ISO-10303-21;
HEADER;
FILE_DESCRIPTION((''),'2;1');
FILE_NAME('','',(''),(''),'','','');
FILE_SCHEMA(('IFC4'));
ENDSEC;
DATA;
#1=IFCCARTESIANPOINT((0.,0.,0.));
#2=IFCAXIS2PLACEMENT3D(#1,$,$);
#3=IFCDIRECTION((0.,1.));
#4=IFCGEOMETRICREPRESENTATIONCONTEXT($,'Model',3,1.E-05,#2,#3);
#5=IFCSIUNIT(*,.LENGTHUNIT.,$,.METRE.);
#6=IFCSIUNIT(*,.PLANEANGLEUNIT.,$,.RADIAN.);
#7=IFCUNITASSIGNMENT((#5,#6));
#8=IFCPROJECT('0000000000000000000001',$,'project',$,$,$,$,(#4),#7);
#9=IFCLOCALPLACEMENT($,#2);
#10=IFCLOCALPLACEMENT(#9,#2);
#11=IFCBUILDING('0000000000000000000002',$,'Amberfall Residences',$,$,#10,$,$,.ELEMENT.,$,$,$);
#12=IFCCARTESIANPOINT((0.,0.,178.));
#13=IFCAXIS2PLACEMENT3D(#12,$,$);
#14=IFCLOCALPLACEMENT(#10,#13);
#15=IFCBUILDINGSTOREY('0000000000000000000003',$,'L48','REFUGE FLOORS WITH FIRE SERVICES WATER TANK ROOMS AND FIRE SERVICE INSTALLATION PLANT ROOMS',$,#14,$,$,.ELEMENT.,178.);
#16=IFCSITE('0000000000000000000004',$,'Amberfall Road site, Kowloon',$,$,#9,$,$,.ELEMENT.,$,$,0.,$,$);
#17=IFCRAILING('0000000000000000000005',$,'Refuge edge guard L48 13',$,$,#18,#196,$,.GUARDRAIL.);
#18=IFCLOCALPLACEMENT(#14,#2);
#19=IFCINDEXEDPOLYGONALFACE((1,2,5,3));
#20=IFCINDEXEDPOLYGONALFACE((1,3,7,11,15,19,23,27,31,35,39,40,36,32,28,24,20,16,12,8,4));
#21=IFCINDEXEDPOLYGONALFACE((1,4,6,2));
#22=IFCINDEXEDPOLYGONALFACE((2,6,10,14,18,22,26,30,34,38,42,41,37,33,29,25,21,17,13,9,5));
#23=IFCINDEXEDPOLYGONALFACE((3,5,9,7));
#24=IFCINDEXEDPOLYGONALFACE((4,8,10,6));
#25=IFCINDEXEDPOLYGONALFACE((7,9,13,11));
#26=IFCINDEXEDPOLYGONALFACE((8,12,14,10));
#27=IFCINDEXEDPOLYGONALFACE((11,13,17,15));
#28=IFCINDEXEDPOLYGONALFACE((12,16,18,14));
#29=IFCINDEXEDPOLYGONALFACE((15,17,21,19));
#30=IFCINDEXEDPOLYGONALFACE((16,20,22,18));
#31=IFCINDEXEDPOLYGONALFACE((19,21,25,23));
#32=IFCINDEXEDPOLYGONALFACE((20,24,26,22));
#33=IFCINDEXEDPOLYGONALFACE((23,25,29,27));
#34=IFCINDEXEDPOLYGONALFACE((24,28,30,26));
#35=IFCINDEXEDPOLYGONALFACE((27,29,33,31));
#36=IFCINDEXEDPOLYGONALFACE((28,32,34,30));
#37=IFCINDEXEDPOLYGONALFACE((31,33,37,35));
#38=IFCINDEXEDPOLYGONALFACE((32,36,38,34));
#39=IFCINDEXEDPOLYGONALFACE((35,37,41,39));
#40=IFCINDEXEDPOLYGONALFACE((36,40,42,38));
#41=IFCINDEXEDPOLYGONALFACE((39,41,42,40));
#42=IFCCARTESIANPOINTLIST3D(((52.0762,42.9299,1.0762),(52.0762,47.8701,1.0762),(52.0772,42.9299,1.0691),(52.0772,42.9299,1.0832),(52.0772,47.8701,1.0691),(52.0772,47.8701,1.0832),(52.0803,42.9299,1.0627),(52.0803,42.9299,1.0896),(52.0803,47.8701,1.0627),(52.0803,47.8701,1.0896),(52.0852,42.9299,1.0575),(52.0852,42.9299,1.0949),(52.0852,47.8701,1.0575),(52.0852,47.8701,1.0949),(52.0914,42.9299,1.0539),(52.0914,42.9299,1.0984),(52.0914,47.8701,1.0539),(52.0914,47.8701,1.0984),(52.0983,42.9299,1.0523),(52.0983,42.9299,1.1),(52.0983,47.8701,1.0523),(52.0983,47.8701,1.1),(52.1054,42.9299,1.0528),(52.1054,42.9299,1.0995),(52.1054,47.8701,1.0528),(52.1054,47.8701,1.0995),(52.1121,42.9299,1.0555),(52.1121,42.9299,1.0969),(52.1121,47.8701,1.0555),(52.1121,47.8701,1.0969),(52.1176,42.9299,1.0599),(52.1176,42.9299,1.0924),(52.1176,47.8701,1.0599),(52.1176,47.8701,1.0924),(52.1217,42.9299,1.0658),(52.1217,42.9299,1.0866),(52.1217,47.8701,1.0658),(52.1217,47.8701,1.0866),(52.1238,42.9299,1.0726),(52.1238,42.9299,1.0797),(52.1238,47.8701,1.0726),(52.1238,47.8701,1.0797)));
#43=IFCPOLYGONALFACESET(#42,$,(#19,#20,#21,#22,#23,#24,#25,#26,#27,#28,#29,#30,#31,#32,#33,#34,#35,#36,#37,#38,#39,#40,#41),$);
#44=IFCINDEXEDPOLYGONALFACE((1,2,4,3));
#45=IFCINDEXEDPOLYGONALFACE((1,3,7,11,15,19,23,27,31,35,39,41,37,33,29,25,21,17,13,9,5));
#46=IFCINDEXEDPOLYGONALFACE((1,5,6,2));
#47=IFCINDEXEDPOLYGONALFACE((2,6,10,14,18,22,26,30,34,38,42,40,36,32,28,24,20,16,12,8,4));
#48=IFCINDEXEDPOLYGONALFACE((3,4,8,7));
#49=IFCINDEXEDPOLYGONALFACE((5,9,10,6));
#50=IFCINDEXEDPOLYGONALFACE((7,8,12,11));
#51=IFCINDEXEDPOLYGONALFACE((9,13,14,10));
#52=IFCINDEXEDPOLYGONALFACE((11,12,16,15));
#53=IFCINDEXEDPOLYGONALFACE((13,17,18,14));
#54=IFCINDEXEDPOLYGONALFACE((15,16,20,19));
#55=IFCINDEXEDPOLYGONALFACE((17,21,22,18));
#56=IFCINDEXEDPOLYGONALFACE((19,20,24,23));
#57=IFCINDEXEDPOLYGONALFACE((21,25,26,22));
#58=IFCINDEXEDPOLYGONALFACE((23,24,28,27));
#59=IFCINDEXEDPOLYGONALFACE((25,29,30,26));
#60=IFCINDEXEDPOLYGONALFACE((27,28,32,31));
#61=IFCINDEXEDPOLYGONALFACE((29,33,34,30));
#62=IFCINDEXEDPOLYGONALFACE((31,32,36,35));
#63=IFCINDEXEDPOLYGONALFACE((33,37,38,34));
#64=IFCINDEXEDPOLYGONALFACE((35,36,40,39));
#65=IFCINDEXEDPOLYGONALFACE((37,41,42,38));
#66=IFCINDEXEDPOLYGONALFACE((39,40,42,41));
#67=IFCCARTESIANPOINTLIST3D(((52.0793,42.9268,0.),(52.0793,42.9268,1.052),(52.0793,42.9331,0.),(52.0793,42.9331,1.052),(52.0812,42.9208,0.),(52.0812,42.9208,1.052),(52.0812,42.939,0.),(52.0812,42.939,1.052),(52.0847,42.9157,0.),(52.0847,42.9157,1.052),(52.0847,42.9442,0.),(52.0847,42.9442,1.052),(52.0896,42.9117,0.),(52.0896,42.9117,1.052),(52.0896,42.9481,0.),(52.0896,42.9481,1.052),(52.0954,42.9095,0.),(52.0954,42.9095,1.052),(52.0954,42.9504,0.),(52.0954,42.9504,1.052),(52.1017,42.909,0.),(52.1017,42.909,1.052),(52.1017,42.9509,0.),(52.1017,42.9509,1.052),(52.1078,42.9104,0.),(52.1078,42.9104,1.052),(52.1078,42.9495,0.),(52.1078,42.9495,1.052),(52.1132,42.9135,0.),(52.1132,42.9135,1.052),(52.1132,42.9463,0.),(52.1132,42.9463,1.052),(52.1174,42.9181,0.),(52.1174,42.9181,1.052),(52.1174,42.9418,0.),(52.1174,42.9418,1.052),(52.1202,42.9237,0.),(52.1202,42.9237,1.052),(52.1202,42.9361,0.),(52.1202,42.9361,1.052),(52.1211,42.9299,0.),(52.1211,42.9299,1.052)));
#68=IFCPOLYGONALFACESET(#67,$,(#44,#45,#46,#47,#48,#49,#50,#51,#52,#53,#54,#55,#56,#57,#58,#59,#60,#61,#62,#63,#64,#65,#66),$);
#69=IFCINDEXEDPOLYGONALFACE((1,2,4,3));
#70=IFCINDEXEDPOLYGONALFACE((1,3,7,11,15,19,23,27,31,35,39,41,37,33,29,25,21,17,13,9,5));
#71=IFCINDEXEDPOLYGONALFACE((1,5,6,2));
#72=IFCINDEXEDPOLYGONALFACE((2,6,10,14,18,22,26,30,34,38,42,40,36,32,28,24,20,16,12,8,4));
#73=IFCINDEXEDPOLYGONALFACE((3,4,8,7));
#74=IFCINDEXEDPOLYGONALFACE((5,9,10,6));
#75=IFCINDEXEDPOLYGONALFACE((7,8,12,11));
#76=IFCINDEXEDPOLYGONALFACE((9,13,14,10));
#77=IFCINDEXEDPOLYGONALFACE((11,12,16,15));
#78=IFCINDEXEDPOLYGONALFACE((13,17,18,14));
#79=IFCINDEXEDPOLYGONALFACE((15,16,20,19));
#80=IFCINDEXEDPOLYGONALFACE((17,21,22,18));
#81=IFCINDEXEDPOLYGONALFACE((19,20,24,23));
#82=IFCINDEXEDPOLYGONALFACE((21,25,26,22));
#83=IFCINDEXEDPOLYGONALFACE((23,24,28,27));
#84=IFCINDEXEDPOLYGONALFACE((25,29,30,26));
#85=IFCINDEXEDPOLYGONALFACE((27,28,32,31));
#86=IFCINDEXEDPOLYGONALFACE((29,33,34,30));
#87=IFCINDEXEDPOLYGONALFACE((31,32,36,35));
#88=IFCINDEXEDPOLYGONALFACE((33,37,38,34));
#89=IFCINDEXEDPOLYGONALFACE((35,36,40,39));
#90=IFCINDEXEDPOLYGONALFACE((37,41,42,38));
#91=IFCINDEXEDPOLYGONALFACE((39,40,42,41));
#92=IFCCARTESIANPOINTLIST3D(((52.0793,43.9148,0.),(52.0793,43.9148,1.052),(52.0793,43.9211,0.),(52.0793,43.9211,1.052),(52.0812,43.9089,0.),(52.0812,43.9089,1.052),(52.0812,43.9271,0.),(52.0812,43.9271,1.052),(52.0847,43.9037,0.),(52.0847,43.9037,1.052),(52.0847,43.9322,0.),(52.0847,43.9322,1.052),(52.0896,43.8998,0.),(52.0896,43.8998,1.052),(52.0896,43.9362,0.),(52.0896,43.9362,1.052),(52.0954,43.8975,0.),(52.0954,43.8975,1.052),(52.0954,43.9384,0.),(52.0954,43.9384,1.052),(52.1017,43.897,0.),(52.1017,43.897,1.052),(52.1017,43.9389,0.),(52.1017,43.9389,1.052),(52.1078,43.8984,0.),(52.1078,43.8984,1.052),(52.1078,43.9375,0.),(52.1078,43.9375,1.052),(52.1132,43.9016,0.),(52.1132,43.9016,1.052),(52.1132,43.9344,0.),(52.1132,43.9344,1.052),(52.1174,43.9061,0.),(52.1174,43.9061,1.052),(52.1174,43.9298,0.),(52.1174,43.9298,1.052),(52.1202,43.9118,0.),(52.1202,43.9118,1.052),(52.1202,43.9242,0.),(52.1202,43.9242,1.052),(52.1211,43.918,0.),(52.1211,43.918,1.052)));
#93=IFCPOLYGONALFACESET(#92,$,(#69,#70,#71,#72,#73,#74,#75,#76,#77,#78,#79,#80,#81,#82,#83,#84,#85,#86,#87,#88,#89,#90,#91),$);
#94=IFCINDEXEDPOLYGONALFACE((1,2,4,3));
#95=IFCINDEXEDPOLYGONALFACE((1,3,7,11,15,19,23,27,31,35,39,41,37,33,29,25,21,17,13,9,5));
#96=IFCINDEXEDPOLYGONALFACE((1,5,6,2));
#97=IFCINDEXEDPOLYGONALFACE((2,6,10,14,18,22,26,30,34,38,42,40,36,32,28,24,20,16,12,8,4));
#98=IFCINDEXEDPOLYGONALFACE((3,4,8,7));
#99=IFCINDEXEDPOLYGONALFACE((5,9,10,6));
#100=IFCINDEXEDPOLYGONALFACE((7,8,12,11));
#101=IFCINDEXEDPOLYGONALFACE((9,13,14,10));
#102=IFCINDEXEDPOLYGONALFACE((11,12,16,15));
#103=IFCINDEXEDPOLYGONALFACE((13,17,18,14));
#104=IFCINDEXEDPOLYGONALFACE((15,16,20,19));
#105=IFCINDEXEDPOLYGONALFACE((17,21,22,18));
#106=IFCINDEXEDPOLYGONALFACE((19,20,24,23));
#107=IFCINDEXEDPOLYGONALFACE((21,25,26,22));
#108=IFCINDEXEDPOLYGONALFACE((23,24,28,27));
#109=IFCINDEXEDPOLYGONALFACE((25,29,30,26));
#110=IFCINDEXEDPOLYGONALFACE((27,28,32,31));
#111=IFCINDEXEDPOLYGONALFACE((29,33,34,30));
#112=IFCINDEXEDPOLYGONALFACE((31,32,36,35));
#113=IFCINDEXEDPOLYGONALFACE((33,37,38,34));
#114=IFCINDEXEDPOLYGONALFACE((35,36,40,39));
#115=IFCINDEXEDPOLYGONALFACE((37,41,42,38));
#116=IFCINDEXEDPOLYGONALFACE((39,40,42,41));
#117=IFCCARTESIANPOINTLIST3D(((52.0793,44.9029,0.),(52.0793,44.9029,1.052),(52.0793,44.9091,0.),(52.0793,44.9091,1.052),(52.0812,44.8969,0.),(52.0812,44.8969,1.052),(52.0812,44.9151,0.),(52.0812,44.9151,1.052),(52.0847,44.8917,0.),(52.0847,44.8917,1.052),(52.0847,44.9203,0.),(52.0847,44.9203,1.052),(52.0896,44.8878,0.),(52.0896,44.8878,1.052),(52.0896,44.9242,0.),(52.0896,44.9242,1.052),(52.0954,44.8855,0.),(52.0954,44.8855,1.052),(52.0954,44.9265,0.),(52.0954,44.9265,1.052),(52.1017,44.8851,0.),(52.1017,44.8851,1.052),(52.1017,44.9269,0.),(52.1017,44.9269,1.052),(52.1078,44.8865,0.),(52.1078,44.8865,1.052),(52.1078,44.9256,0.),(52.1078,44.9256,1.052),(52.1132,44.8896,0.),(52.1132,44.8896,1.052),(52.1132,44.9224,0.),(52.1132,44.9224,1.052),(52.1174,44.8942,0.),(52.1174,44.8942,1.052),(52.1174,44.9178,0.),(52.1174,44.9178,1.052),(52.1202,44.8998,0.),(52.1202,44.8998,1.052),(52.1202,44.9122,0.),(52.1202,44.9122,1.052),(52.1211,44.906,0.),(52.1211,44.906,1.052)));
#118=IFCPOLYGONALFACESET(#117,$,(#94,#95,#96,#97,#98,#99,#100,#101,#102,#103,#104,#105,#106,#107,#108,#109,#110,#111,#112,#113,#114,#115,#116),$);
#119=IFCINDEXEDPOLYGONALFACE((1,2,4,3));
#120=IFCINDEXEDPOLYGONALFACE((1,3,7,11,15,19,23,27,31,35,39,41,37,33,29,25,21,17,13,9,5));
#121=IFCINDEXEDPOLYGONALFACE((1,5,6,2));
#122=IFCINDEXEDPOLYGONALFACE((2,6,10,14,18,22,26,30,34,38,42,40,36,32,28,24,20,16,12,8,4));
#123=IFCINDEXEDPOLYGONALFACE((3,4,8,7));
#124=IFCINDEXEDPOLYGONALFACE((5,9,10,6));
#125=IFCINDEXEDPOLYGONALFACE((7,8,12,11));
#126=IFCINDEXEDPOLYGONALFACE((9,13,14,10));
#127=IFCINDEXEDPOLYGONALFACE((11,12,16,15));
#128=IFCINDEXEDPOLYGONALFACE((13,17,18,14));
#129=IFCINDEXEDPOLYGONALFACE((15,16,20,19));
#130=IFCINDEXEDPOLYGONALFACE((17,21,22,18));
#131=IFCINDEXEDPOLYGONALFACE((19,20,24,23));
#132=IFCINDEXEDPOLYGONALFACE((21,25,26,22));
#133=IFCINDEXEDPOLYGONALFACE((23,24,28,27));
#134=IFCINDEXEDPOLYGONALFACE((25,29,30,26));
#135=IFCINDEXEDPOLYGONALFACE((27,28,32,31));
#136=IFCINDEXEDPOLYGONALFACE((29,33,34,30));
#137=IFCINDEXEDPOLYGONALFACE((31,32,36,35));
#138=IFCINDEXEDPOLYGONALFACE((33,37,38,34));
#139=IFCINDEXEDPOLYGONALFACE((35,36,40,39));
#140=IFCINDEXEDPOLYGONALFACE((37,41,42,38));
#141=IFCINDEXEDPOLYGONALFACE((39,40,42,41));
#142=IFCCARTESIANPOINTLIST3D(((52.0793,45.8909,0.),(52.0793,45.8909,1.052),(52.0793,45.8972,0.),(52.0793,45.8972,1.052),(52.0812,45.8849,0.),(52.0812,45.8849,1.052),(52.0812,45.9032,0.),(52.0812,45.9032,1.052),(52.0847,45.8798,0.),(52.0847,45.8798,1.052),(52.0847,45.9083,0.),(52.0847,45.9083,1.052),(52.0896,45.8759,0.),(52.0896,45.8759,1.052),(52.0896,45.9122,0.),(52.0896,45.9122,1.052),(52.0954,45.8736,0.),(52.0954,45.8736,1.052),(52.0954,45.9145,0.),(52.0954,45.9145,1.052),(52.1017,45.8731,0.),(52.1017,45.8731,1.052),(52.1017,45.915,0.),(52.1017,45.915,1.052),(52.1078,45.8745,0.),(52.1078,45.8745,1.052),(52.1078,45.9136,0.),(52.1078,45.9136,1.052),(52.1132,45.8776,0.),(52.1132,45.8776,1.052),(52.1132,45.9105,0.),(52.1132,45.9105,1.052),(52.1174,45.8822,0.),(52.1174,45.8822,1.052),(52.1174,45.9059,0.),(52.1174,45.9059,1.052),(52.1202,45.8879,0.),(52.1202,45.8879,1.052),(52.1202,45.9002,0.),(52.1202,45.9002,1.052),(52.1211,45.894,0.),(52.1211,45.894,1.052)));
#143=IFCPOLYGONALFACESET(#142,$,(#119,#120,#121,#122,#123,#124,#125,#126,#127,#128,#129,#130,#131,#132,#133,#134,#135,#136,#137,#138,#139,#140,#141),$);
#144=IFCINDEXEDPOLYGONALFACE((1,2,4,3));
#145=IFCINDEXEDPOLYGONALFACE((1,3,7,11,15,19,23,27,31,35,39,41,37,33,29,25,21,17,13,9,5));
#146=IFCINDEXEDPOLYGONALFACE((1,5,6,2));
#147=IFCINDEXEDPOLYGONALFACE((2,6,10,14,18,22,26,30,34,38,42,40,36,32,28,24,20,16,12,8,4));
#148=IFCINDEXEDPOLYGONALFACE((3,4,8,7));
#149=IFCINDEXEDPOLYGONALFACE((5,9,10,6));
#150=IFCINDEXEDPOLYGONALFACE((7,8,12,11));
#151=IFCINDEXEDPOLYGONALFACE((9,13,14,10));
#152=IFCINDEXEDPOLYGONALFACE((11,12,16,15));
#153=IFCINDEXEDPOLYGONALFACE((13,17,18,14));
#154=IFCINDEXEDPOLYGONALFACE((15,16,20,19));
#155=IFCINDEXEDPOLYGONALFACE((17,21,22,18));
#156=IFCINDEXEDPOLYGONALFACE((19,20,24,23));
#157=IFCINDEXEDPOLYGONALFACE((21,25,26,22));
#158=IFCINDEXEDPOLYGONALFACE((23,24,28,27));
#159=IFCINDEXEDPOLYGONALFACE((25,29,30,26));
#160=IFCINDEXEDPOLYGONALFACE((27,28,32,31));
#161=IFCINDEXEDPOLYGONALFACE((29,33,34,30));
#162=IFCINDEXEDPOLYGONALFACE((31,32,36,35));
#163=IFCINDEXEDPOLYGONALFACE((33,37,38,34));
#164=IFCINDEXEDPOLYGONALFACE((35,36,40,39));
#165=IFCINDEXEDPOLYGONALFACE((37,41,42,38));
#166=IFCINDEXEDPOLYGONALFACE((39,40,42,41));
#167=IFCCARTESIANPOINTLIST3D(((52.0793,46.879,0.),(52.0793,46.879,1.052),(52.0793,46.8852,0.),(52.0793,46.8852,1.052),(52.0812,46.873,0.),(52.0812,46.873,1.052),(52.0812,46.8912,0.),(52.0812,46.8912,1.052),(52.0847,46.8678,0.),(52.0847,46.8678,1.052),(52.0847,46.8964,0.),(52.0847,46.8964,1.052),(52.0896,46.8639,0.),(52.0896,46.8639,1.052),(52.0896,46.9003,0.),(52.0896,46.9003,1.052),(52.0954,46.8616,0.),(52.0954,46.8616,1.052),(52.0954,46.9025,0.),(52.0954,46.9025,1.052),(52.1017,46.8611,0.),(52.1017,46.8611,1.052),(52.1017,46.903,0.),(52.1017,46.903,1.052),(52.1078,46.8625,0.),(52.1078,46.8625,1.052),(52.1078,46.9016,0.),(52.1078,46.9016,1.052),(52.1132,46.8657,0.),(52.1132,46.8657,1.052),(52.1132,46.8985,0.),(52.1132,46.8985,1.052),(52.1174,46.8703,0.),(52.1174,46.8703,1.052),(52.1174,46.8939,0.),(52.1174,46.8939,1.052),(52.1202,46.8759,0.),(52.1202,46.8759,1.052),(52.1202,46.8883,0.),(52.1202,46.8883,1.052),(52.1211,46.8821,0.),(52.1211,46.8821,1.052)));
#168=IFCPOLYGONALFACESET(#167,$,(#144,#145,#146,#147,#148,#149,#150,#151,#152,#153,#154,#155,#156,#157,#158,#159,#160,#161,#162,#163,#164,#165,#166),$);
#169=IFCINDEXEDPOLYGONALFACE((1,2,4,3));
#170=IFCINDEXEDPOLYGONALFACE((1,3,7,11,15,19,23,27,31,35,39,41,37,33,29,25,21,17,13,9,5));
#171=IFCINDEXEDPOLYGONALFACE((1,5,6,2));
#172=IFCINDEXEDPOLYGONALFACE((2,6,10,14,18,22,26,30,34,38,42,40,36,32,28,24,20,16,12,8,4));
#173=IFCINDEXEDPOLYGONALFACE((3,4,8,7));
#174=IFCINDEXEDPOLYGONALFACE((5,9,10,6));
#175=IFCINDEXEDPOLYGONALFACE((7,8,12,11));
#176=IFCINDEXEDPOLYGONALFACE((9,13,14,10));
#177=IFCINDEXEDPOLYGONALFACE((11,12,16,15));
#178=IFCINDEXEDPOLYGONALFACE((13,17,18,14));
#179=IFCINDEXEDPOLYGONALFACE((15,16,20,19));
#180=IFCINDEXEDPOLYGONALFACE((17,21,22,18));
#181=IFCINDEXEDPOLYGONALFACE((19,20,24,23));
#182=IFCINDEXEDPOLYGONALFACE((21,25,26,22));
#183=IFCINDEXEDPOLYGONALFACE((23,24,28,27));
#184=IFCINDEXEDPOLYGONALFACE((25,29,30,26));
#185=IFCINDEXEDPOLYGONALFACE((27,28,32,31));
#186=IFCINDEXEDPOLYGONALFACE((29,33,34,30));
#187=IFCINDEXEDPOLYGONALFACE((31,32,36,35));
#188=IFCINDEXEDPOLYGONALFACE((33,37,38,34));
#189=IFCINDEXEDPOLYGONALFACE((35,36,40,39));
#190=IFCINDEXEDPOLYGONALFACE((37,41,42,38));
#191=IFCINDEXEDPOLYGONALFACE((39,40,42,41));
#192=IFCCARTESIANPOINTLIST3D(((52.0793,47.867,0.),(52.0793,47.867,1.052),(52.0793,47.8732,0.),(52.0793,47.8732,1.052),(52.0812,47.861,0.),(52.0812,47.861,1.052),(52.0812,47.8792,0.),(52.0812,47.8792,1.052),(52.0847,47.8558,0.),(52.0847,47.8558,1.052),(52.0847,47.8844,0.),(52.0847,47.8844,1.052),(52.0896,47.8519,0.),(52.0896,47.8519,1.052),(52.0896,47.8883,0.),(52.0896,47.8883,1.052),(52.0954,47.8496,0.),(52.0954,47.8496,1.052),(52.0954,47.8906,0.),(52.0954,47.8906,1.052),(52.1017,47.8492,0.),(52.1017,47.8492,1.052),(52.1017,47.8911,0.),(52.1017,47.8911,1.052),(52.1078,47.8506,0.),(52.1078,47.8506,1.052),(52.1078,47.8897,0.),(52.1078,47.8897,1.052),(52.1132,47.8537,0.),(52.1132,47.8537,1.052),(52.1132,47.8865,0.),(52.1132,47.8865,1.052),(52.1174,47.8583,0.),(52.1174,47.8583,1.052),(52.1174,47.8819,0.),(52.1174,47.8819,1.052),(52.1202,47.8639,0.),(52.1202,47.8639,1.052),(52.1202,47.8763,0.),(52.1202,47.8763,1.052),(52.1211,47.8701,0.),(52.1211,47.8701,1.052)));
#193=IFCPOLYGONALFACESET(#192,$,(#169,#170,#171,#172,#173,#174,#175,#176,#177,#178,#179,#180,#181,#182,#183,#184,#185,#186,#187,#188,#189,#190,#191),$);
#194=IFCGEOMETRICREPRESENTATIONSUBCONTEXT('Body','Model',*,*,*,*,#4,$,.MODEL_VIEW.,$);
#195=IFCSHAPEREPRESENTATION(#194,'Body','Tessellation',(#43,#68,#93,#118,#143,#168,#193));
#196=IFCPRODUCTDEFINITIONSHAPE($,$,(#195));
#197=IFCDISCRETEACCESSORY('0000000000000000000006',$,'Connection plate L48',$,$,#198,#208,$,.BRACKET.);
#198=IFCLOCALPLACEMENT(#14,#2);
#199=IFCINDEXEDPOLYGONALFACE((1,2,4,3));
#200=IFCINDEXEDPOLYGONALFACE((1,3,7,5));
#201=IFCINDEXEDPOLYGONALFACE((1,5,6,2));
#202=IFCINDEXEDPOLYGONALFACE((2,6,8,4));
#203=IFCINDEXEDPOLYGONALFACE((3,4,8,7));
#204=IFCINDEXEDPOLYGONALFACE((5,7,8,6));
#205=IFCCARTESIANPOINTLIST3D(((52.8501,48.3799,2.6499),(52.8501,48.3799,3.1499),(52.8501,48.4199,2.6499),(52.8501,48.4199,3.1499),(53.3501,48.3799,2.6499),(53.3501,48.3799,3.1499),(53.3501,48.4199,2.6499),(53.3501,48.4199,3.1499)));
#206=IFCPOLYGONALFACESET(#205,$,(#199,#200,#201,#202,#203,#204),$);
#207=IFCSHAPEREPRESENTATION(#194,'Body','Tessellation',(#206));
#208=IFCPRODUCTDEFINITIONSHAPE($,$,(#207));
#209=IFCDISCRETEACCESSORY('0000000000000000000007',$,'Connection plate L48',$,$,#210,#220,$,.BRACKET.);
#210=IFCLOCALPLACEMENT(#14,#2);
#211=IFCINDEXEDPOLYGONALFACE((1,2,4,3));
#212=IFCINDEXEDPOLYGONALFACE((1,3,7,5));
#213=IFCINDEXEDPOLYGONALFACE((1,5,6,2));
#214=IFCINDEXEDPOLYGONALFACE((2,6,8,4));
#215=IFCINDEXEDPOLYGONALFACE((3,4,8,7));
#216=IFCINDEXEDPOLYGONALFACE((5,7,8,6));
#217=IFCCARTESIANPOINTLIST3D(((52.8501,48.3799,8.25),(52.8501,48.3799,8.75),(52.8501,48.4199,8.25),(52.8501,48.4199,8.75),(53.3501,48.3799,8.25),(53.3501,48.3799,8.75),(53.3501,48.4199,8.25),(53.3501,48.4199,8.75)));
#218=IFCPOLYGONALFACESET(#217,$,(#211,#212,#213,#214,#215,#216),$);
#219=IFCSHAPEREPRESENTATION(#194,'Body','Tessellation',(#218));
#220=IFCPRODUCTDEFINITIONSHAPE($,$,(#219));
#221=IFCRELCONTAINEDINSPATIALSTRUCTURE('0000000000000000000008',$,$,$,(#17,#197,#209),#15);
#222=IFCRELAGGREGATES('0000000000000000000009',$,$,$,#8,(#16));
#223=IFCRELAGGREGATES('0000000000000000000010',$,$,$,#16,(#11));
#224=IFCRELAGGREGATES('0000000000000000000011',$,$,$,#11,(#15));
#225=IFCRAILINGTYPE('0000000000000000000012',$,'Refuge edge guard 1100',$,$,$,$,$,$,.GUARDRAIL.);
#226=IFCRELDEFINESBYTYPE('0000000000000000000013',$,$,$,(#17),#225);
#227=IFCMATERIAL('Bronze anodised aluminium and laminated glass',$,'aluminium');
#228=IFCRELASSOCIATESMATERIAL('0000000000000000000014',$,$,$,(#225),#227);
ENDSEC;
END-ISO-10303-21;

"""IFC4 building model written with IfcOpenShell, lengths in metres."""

from ifc_helpers import new_model, si_unit, direction, frame, origin, origin_2d, place, context, subcontext, project, spatial, rectangle, circle, extrude, material, type_object, element, save


model = new_model("IFC4")

# Units and contexts
model_context = context("Model", 3, precision=1e-05, world=origin(), true_north=direction((0.0, 1.0)))
body_context = subcontext(model_context, "Body", "Model", "MODEL_VIEW")
ifc_project = project(units=[si_unit("LENGTHUNIT", "METRE"), si_unit("PLANEANGLEUNIT", "RADIAN")], contexts=[model_context])

# Site, building, storey
site_placement = place(None, origin())
site = spatial("IfcSite", under=ifc_project, at=site_placement, Name="Amberfall Road site, Kowloon", CompositionType="ELEMENT", RefElevation=0.0)
building_placement = place(site_placement, origin())
building = spatial("IfcBuilding", under=site, at=building_placement, Name="Amberfall Residences", CompositionType="ELEMENT")
storey_placement = place(building_placement, frame((0.0, 0.0, 178.0)))
storey = spatial("IfcBuildingStorey", under=building, at=storey_placement, Name="L48", Description="REFUGE FLOORS WITH FIRE SERVICES WATER TANK ROOMS AND FIRE SERVICE INSTALLATION PLANT ROOMS", CompositionType="ELEMENT", Elevation=178.0)

# Railing
ifc_material_1 = material(Name="Bronze anodised aluminium and laminated glass", Category="aluminium")
railing_type = type_object("IfcRailingType", Name="Refuge edge guard 1100", PredefinedType="GUARDRAIL", material=ifc_material_1)
railing_placement = place(storey_placement, frame((52.1001, 42.9299, 0.0)))
element("IfcRailing", 1, at=railing_placement, inside=storey, type_object=railing_type, Name="Refuge edge guard L48 13", PredefinedType="GUARDRAIL", context=body_context, shape_type="SweptSolid", body=[
    extrude(circle(Radius=0.0239, at=origin_2d()), frame((0.0, 0.0, 1.0762), z_axis=(0.0, 1.0, 0.0), x_axis=(-1.0, 0.0, 0.0)), (0.0, 0.0, 1.0), 4.9402),
    extrude(circle(Radius=0.021, at=origin_2d()), origin(), (0.0, 0.0, 1.0), 1.052),
    extrude(circle(Radius=0.021, at=origin_2d()), frame((0.0, 0.988, 0.0)), (0.0, 0.0, 1.0), 1.052),
    extrude(circle(Radius=0.021, at=origin_2d()), frame((0.0, 1.9761, 0.0)), (0.0, 0.0, 1.0), 1.052),
    extrude(circle(Radius=0.021, at=origin_2d()), frame((0.0, 2.9641, 0.0)), (0.0, 0.0, 1.0), 1.052),
    extrude(circle(Radius=0.021, at=origin_2d()), frame((0.0, 3.9521, 0.0)), (0.0, 0.0, 1.0), 1.052),
    extrude(circle(Radius=0.021, at=origin_2d()), frame((0.0, 4.9402, 0.0)), (0.0, 0.0, 1.0), 1.052),
])

# Discrete accessories
for number, where, z_axis, x_axis, name in (
    (2, (53.1001, 48.3999, 2.6499), (0.0, 0.0, 1.0), (1.0, 0.0, 0.0), "Connection plate L48"),
    (3, (53.1001, 48.3999, 8.25), (0.0, 0.0, 1.0), (1.0, 0.0, 0.0), "Connection plate L48"),
):
    element("IfcDiscreteAccessory", number, at=place(storey_placement, frame(where, z_axis=z_axis, x_axis=x_axis)), inside=storey, Name=name, PredefinedType="BRACKET", context=body_context, shape_type="SweptSolid", body=[
        extrude(rectangle(XDim=0.5, YDim=0.04, at=origin_2d()), origin(), (0.0, 0.0, 1.0), 0.5),
    ])

save(model, "model.ifc")
